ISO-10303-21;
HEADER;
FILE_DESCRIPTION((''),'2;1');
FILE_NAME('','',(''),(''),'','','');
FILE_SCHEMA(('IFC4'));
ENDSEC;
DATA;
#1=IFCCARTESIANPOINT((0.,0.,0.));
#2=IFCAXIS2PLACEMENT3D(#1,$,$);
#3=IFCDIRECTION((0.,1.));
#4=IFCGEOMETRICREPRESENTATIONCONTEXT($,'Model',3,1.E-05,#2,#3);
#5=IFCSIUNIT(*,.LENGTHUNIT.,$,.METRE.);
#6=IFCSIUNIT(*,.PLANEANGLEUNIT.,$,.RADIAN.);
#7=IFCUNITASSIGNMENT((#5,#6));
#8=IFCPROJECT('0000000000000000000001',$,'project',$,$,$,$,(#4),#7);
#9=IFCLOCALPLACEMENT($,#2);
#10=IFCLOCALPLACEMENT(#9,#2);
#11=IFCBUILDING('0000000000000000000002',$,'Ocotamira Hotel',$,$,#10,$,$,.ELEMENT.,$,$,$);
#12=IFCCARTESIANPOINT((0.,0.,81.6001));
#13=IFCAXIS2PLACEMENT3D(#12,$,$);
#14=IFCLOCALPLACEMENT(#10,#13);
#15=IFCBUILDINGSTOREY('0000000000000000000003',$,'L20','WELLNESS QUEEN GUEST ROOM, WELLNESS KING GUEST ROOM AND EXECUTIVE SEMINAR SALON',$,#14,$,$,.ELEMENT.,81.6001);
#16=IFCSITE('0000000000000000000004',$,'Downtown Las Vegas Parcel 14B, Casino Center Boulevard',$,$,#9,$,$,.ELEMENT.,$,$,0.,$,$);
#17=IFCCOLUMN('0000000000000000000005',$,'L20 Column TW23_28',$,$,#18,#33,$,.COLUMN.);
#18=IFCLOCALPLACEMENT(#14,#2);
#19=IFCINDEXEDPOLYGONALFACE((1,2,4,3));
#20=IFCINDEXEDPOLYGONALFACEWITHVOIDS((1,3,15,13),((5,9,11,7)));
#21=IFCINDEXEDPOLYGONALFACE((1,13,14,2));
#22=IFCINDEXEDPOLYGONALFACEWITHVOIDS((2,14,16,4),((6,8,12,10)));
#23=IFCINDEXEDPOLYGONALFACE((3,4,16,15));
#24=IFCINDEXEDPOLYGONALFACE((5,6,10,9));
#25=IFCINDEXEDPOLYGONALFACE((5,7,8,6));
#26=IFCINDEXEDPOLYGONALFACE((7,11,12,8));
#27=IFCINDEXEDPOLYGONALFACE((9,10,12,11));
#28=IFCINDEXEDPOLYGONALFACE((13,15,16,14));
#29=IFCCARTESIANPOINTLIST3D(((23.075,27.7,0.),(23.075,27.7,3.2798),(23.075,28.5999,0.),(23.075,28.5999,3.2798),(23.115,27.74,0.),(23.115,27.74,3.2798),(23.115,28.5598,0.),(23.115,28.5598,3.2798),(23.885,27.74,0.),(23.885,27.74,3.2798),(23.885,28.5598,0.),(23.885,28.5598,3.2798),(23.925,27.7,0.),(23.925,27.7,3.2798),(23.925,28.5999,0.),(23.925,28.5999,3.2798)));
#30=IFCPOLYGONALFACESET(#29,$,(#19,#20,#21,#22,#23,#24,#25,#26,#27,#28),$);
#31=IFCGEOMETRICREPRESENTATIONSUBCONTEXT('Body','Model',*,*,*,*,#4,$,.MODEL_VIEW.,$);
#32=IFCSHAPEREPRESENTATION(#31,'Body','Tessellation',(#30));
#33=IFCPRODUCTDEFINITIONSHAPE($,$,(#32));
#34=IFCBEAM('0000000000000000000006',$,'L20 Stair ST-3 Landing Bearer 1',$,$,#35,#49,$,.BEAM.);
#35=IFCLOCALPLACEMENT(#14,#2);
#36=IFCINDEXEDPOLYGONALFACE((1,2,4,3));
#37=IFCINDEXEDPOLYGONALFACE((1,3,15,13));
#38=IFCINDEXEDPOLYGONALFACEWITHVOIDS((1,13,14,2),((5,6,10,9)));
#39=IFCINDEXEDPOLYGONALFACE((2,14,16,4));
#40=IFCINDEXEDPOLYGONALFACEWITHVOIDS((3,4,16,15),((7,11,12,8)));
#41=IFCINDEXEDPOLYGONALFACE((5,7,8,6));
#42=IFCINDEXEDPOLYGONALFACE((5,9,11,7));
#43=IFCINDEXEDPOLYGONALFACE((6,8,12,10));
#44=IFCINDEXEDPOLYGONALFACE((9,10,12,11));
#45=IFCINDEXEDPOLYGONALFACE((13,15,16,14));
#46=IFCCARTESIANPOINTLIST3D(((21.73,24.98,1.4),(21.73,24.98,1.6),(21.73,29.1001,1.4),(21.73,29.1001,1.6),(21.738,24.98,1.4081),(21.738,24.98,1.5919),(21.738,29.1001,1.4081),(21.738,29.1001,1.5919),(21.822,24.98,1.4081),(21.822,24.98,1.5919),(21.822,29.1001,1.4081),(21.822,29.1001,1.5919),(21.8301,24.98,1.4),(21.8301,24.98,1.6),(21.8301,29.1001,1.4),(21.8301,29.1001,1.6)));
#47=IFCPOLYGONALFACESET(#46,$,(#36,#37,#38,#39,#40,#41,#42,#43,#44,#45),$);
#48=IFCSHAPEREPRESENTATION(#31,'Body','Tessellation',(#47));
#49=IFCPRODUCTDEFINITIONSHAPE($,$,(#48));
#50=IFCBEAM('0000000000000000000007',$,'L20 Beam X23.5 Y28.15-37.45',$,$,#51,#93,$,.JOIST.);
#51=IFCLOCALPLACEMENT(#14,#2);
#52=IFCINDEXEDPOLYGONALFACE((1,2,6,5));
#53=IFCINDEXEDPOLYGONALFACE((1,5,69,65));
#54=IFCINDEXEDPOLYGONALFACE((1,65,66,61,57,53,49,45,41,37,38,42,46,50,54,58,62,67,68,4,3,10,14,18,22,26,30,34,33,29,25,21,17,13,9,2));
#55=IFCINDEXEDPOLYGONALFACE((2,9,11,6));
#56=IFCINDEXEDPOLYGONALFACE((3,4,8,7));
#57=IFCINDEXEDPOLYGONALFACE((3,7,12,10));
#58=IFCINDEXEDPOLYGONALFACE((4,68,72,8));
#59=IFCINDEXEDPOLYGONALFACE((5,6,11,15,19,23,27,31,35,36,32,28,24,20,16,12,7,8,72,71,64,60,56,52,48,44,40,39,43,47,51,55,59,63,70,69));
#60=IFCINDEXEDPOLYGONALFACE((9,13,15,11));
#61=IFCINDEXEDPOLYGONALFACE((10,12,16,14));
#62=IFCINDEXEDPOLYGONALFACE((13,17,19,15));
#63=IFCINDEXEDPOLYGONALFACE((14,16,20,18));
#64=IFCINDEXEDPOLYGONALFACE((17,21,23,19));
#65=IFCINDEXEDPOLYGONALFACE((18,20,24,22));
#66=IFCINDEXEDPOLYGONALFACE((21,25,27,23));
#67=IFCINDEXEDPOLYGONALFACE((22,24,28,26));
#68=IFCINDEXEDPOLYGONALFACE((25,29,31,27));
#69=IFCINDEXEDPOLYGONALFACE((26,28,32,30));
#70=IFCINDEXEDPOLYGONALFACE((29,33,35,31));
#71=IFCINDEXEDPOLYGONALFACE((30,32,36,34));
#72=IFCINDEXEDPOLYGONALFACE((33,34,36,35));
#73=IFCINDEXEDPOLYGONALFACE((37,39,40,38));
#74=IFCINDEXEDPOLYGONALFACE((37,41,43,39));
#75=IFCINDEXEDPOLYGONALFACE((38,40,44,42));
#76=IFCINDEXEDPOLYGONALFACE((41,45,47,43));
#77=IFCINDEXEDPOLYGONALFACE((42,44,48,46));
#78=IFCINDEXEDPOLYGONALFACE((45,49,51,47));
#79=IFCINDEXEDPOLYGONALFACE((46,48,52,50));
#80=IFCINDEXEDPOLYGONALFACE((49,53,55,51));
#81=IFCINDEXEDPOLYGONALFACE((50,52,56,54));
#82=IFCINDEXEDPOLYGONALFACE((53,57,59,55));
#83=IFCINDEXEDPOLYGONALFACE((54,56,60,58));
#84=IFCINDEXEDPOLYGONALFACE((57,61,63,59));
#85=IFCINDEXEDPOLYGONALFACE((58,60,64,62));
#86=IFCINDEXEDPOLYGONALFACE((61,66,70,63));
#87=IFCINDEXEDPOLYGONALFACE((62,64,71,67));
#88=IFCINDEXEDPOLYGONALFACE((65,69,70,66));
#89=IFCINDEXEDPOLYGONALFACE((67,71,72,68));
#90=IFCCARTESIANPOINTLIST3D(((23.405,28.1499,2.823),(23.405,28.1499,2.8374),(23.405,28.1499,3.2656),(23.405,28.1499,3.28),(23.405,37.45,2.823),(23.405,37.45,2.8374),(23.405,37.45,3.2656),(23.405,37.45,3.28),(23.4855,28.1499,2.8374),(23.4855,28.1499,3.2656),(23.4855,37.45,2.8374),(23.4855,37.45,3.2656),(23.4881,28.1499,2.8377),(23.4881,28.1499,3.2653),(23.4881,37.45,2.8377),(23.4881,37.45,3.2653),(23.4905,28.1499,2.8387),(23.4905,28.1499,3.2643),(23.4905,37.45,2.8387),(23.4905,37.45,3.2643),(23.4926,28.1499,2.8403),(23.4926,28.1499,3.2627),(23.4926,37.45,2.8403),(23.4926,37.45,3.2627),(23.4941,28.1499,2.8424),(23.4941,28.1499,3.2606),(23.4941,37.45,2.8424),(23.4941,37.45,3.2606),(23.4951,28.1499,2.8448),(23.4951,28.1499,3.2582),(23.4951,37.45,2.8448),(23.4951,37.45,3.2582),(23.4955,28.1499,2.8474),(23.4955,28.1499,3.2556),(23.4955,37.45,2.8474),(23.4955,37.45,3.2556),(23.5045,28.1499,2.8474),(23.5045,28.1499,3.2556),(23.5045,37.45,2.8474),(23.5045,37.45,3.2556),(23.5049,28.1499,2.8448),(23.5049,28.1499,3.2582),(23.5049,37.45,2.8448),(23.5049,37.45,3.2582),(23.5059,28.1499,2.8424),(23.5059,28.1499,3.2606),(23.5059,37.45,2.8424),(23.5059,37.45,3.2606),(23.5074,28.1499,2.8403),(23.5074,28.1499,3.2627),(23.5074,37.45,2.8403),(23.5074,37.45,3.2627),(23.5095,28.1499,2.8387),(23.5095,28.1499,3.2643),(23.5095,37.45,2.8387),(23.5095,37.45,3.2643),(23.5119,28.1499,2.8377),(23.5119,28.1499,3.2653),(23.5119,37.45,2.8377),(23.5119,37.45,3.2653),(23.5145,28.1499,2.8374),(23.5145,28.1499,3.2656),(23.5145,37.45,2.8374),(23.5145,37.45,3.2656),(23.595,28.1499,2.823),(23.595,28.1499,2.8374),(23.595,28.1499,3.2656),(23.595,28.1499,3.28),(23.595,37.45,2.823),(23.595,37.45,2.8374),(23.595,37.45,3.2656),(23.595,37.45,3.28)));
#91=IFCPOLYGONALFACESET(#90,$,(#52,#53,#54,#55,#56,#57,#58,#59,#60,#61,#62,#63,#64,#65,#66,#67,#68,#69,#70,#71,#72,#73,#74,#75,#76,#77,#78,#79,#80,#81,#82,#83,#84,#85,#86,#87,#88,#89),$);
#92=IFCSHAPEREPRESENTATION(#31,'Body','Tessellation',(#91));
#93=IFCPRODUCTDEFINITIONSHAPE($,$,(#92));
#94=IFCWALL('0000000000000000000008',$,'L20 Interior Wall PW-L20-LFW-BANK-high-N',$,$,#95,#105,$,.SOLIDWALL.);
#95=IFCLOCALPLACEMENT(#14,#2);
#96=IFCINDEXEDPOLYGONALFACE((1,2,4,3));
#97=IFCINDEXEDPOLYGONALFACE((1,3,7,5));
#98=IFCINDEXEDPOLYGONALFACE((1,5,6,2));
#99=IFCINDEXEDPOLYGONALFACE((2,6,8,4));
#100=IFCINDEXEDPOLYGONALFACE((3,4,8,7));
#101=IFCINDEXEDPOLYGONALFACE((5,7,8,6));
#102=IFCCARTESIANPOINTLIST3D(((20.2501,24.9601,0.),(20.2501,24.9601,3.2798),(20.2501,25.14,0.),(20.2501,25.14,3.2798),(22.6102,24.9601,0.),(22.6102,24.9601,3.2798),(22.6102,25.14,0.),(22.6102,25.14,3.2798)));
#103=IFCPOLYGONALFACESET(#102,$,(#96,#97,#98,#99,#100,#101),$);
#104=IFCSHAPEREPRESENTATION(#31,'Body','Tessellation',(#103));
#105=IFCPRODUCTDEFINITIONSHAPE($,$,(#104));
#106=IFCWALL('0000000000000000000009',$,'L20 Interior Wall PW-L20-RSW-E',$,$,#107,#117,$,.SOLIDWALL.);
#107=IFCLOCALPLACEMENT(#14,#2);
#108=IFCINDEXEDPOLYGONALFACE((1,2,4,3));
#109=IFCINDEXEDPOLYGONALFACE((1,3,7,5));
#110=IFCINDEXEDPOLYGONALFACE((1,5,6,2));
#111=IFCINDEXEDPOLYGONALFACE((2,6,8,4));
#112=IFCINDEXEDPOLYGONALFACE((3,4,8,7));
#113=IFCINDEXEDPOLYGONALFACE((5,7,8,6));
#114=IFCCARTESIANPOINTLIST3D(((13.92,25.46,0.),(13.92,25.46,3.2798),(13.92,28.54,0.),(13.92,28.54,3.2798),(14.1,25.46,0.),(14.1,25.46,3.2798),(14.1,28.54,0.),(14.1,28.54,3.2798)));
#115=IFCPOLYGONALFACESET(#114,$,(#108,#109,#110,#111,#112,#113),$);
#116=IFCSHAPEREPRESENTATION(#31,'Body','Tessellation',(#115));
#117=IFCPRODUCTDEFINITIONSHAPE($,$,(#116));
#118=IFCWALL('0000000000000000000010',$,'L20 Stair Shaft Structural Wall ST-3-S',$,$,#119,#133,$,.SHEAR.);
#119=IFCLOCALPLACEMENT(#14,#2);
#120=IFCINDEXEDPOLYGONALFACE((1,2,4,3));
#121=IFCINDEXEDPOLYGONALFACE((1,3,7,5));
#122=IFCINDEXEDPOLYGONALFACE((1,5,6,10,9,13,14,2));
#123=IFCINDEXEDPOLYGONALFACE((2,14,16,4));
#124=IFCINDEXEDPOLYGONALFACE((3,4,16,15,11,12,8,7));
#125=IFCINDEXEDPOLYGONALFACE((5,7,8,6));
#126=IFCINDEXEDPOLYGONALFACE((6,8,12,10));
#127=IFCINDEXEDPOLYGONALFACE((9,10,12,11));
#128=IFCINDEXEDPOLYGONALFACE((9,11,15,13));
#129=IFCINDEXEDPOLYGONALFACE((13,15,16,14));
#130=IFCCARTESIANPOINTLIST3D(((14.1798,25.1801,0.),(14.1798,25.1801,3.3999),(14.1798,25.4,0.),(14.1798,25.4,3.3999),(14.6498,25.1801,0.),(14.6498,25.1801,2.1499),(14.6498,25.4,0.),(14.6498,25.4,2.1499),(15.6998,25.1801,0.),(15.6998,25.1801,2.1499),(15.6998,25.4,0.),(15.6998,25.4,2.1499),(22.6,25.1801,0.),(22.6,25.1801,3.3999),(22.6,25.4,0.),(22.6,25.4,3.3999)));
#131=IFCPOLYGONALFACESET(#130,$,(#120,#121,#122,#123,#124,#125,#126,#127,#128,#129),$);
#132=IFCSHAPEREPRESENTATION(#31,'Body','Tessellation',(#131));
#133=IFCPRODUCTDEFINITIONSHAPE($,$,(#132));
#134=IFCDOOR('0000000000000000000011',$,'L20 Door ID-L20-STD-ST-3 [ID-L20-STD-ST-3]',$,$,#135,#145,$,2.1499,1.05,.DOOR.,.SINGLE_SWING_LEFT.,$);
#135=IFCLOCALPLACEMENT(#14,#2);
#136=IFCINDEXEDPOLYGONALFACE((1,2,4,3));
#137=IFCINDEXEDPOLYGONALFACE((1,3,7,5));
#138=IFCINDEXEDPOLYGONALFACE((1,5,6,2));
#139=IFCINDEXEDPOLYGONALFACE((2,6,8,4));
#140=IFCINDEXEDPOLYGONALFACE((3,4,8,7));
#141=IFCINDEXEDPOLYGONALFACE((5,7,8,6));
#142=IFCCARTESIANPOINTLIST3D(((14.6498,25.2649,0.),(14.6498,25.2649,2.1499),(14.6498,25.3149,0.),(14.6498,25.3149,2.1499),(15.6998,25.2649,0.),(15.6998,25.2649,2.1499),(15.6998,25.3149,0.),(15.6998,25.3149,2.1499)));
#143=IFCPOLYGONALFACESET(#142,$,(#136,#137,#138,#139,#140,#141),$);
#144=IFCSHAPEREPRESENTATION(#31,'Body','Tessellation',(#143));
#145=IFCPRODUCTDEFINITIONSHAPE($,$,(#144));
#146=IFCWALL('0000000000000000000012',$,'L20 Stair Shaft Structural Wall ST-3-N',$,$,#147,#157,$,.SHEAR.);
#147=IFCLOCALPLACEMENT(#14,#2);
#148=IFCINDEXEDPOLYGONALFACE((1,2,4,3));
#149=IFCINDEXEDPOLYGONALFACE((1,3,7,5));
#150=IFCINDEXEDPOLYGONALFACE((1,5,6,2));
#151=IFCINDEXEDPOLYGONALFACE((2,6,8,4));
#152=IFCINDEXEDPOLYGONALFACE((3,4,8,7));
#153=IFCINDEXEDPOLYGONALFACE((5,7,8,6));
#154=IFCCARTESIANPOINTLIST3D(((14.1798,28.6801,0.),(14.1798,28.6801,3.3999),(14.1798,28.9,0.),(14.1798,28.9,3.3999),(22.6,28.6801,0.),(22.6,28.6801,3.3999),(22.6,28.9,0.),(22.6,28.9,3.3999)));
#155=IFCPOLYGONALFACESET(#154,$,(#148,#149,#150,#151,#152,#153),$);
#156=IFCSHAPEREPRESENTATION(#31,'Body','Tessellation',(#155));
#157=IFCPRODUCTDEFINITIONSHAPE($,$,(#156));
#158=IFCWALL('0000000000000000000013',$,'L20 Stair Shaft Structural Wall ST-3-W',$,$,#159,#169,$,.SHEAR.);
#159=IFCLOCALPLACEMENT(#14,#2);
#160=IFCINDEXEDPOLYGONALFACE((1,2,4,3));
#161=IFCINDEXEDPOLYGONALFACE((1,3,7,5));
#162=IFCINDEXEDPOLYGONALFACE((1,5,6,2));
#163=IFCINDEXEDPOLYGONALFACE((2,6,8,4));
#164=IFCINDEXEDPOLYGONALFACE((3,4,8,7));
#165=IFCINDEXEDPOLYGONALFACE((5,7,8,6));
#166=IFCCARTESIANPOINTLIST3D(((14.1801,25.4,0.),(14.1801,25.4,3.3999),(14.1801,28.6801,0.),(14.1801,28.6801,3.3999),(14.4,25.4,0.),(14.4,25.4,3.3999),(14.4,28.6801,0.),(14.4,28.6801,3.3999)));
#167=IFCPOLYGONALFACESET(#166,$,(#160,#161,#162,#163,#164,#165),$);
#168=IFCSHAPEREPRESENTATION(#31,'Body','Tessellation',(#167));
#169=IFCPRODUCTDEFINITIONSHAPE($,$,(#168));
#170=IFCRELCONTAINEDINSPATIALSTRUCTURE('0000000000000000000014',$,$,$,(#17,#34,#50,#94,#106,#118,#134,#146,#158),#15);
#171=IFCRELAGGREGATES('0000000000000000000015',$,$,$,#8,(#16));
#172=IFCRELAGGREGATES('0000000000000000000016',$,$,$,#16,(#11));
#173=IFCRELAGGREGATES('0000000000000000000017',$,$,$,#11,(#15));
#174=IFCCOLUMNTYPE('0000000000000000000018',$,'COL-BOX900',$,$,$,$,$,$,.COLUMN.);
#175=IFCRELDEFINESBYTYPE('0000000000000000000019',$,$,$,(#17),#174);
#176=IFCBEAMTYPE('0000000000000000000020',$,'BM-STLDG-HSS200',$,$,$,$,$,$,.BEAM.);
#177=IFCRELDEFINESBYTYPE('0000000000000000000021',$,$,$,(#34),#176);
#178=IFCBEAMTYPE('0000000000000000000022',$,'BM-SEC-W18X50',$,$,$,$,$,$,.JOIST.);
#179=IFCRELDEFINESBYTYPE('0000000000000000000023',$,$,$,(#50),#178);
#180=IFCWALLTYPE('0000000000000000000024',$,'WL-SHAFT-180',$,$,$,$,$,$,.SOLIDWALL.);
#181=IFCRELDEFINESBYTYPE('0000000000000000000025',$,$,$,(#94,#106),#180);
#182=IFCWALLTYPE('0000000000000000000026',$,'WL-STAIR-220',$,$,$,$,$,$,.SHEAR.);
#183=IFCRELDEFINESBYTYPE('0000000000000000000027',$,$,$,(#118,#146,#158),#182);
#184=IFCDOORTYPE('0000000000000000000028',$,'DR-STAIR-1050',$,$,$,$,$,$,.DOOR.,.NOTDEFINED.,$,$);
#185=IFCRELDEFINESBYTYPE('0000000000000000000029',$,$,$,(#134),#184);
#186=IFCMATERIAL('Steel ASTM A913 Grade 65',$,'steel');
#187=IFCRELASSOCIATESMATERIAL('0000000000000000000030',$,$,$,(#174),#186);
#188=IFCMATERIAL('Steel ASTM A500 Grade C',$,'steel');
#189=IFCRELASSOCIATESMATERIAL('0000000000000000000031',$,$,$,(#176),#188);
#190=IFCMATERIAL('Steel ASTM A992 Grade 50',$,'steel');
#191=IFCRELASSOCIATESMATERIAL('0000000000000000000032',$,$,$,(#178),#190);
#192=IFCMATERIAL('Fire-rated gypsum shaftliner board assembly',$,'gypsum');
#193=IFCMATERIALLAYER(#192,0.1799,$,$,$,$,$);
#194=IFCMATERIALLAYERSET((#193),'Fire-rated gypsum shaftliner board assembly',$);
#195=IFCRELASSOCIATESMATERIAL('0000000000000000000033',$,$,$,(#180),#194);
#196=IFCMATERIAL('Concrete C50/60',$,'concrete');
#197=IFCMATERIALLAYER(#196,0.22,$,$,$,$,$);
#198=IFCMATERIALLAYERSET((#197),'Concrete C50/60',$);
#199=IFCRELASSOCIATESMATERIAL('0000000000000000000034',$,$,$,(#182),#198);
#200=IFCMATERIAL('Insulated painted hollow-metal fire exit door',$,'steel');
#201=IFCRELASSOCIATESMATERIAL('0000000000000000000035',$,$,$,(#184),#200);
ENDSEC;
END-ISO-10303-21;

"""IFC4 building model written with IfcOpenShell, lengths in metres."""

from ifc_helpers import new_model, si_unit, direction, frame, frame_2d, origin, origin_2d, place, context, subcontext, project, spatial, rectangle, hollow_rectangle, i_section, extrude, source, transform, mapped, material, layer, layer_set, material_profile, profile_set, type_object, element, fill, save


model = new_model("IFC4")

# Units and contexts
model_context = context("Model", 3, precision=1e-05, world=origin(), true_north=direction((0.0, 1.0)))
body_context = subcontext(model_context, "Body", "Model", "MODEL_VIEW")
ifc_project = project(units=[si_unit("LENGTHUNIT", "METRE"), si_unit("PLANEANGLEUNIT", "RADIAN")], contexts=[model_context])

# Site, building, storey
site_placement = place(None, origin())
site = spatial("IfcSite", under=ifc_project, at=site_placement, Name="Downtown Las Vegas Parcel 14B, Casino Center Boulevard", CompositionType="ELEMENT", RefElevation=0.0)
building_placement = place(site_placement, origin())
building = spatial("IfcBuilding", under=site, at=building_placement, Name="Ocotamira Hotel", CompositionType="ELEMENT")
storey_placement = place(building_placement, frame((0.0, 0.0, 81.6001)))
storey = spatial("IfcBuildingStorey", under=building, at=storey_placement, Name="L20", Description="WELLNESS QUEEN GUEST ROOM, WELLNESS KING GUEST ROOM AND EXECUTIVE SEMINAR SALON", CompositionType="ELEMENT", Elevation=81.6001)

# Column
ifc_material_1 = material(Name="Steel ASTM A913 Grade 65", Category="steel")
ifc_material_profile_1 = material_profile(ifc_material_1, hollow_rectangle(XDim=0.8501, YDim=0.8999, WallThickness=0.04, at=origin_2d()), Name="BOX900X850X40")
ifc_profile_set_1 = profile_set([ifc_material_profile_1], Name="Steel ASTM A913 Grade 65")
column_type = type_object("IfcColumnType", Name="COL-BOX900", PredefinedType="COLUMN", material=ifc_profile_set_1)
shared_shape_1 = source(origin(), body_context, "Body", "SweptSolid", [
    extrude(hollow_rectangle(XDim=0.8501, YDim=0.8999, WallThickness=0.04, at=origin_2d()), origin(), (0.0, 0.0, 1.0), 3.2798),
])
column_placement = place(storey_placement, frame((23.5, 28.1499, 0.0), z_axis=(0.0, 0.0, 1.0), x_axis=(1.0, 0.0, 0.0)))
element("IfcColumn", 1, at=column_placement, inside=storey, type_object=column_type, Name="L20 Column TW23_28", PredefinedType="COLUMN", context=body_context, shape_type="MappedRepresentation", body=[
    mapped(shared_shape_1, transform((0.0, 0.0, 0.0), scale=1.0)),
])

# Beams
ifc_material_2 = material(Name="Steel ASTM A500 Grade C", Category="steel")
ifc_material_profile_2 = material_profile(ifc_material_2, hollow_rectangle(XDim=0.1001, YDim=0.2, WallThickness=0.0081, at=origin_2d()), Name="HSS200X100X8")
ifc_profile_set_2 = profile_set([ifc_material_profile_2], Name="Steel ASTM A500 Grade C")
beam_type_1 = type_object("IfcBeamType", Name="BM-STLDG-HSS200", PredefinedType="BEAM", material=ifc_profile_set_2)
shared_shape_2 = source(origin(), body_context, "Body", "SweptSolid", [
    extrude(hollow_rectangle(XDim=0.1001, YDim=0.2, WallThickness=0.0081, at=origin_2d()), origin(), (0.0, 0.0, 1.0), 4.1201),
])
beam_1_placement = place(storey_placement, frame((21.78, 24.98, 1.5), z_axis=(0.0, 1.0, 0.0), x_axis=(-1.0, 0.0, 0.0)))
element("IfcBeam", 2, at=beam_1_placement, inside=storey, type_object=beam_type_1, Name="L20 Stair ST-3 Landing Bearer 1", PredefinedType="BEAM", context=body_context, shape_type="MappedRepresentation", body=[
    mapped(shared_shape_2, transform((0.0, 0.0, 0.0), scale=1.0)),
])
ifc_material_3 = material(Name="Steel ASTM A992 Grade 50", Category="steel")
ifc_material_profile_3 = material_profile(ifc_material_3, i_section(OverallWidth=0.1899, OverallDepth=0.457, WebThickness=0.009, FlangeThickness=0.0144, FilletRadius=0.01, at=origin_2d()), Name="W18X50")
ifc_profile_set_3 = profile_set([ifc_material_profile_3], Name="Steel ASTM A992 Grade 50")
beam_type_2 = type_object("IfcBeamType", Name="BM-SEC-W18X50", PredefinedType="JOIST", material=ifc_profile_set_3)
shared_shape_3 = source(origin(), body_context, "Body", "SweptSolid", [
    extrude(i_section(OverallWidth=0.1899, OverallDepth=0.457, WebThickness=0.009, FlangeThickness=0.0144, FilletRadius=0.01, at=origin_2d()), origin(), (0.0, 0.0, 1.0), 9.3),
])
beam_2_placement = place(storey_placement, frame((23.5, 28.1499, 3.0515), z_axis=(0.0, 1.0, 0.0), x_axis=(-1.0, 0.0, 0.0)))
element("IfcBeam", 3, at=beam_2_placement, inside=storey, type_object=beam_type_2, Name="L20 Beam X23.5 Y28.15-37.45", PredefinedType="JOIST", context=body_context, shape_type="MappedRepresentation", body=[
    mapped(shared_shape_3, transform((0.0, 0.0, 0.0), scale=1.0)),
])

# Walls
ifc_material_4 = material(Name="Fire-rated gypsum shaftliner board assembly", Category="gypsum")
ifc_layer_1 = layer(ifc_material_4, 0.1799)
ifc_layer_set_1 = layer_set([ifc_layer_1], Name="Fire-rated gypsum shaftliner board assembly")
wall_type_1 = type_object("IfcWallType", Name="WL-SHAFT-180", PredefinedType="SOLIDWALL", material=ifc_layer_set_1)
wall_1_placement = place(storey_placement, frame((20.25, 25.05, 0.0), z_axis=(0.0, 0.0, 1.0), x_axis=(1.0, 0.0, 0.0)))
element("IfcWall", 4, at=wall_1_placement, inside=storey, type_object=wall_type_1, Name="L20 Interior Wall PW-L20-LFW-BANK-high-N", PredefinedType="SOLIDWALL", context=body_context, shape_type="SweptSolid", body=[
    extrude(rectangle(XDim=2.3601, YDim=0.1799, at=frame_2d((1.1802, 0.0))), origin(), (0.0, 0.0, 1.0), 3.2798),
])
wall_2_placement = place(storey_placement, frame((14.01, 25.46, 0.0), z_axis=(0.0, 0.0, 1.0), x_axis=(0.0, 1.0, 0.0)))
element("IfcWall", 5, at=wall_2_placement, inside=storey, type_object=wall_type_1, Name="L20 Interior Wall PW-L20-RSW-E", PredefinedType="SOLIDWALL", context=body_context, shape_type="SweptSolid", body=[
    extrude(rectangle(XDim=3.0801, YDim=0.1799, at=frame_2d((1.54, 0.0))), origin(), (0.0, 0.0, 1.0), 3.2798),
])

# Wall, opening, door
ifc_material_5 = material(Name="Concrete C50/60", Category="concrete")
ifc_layer_2 = layer(ifc_material_5, 0.22)
ifc_layer_set_2 = layer_set([ifc_layer_2], Name="Concrete C50/60")
wall_type_2 = type_object("IfcWallType", Name="WL-STAIR-220", PredefinedType="SHEAR", material=ifc_layer_set_2)
wall_3_placement = place(storey_placement, frame((14.1799, 25.29, 0.0), z_axis=(0.0, 0.0, 1.0), x_axis=(1.0, 0.0, 0.0)))
wall_3 = element("IfcWall", 6, at=wall_3_placement, inside=storey, type_object=wall_type_2, Name="L20 Stair Shaft Structural Wall ST-3-S", PredefinedType="SHEAR", context=body_context, shape_type="SweptSolid", body=[
    extrude(rectangle(XDim=8.4202, YDim=0.22, at=frame_2d((4.21, 0.0))), origin(), (0.0, 0.0, 1.0), 3.3999),
])
opening_placement = place(wall_3_placement, frame((0.47, 0.0, 0.0)))
opening = element("IfcOpeningElement", 7, at=opening_placement, cuts=wall_3, PredefinedType="OPENING", context=body_context, shape_type="SweptSolid", body=[
    extrude(rectangle(XDim=1.05, YDim=2.1499, at=frame_2d((0.5249, 1.075))), frame((0.0, 0.1201, 0.0), z_axis=(0.0, -1.0, 0.0), x_axis=(1.0, 0.0, 0.0)), (0.0, 0.0, 1.0), 0.24),
])
ifc_material_6 = material(Name="Insulated painted hollow-metal fire exit door", Category="steel")
door_type = type_object("IfcDoorType", Name="DR-STAIR-1050", OperationType="NOTDEFINED", PredefinedType="DOOR", material=ifc_material_6)
shared_shape_4 = source(origin(), body_context, "Body", "SweptSolid", [
    extrude(rectangle(XDim=1.05, YDim=2.1499, at=frame_2d((0.5249, 1.075))), frame((0.0, 0.0249, 0.0), z_axis=(0.0, -1.0, 0.0), x_axis=(1.0, 0.0, 0.0)), (0.0, 0.0, 1.0), 0.05),
])
door_placement = place(opening_placement, origin())
door = element("IfcDoor", 8, at=door_placement, inside=storey, type_object=door_type, Name="L20 Door ID-L20-STD-ST-3 [ID-L20-STD-ST-3]", OperationType="SINGLE_SWING_LEFT", OverallHeight=2.1499, OverallWidth=1.05, PredefinedType="DOOR", context=body_context, shape_type="MappedRepresentation", body=[
    mapped(shared_shape_4, transform((0.0, 0.0, 0.0), scale=1.0)),
])
fill(opening, door)

# Walls
wall_4_placement = place(storey_placement, frame((14.1799, 28.79, 0.0), z_axis=(0.0, 0.0, 1.0), x_axis=(1.0, 0.0, 0.0)))
element("IfcWall", 9, at=wall_4_placement, inside=storey, type_object=wall_type_2, Name="L20 Stair Shaft Structural Wall ST-3-N", PredefinedType="SHEAR", context=body_context, shape_type="SweptSolid", body=[
    extrude(rectangle(XDim=8.4202, YDim=0.22, at=frame_2d((4.21, 0.0))), origin(), (0.0, 0.0, 1.0), 3.3999),
])
for number, where, z_axis, x_axis, name in (
    (10, (14.29, 25.3999, 0.0), (0.0, 0.0, 1.0), (0.0, 1.0, 0.0), "L20 Stair Shaft Structural Wall ST-3-W"),
):
    element("IfcWall", number, at=place(storey_placement, frame(where, z_axis=z_axis, x_axis=x_axis)), inside=storey, type_object=wall_type_2, Name=name, PredefinedType="SHEAR", context=body_context, shape_type="SweptSolid", body=[
        extrude(rectangle(XDim=3.28, YDim=0.22, at=frame_2d((1.6401, 0.0))), origin(), (0.0, 0.0, 1.0), 3.3999),
    ])

save(model, "model.ifc")
